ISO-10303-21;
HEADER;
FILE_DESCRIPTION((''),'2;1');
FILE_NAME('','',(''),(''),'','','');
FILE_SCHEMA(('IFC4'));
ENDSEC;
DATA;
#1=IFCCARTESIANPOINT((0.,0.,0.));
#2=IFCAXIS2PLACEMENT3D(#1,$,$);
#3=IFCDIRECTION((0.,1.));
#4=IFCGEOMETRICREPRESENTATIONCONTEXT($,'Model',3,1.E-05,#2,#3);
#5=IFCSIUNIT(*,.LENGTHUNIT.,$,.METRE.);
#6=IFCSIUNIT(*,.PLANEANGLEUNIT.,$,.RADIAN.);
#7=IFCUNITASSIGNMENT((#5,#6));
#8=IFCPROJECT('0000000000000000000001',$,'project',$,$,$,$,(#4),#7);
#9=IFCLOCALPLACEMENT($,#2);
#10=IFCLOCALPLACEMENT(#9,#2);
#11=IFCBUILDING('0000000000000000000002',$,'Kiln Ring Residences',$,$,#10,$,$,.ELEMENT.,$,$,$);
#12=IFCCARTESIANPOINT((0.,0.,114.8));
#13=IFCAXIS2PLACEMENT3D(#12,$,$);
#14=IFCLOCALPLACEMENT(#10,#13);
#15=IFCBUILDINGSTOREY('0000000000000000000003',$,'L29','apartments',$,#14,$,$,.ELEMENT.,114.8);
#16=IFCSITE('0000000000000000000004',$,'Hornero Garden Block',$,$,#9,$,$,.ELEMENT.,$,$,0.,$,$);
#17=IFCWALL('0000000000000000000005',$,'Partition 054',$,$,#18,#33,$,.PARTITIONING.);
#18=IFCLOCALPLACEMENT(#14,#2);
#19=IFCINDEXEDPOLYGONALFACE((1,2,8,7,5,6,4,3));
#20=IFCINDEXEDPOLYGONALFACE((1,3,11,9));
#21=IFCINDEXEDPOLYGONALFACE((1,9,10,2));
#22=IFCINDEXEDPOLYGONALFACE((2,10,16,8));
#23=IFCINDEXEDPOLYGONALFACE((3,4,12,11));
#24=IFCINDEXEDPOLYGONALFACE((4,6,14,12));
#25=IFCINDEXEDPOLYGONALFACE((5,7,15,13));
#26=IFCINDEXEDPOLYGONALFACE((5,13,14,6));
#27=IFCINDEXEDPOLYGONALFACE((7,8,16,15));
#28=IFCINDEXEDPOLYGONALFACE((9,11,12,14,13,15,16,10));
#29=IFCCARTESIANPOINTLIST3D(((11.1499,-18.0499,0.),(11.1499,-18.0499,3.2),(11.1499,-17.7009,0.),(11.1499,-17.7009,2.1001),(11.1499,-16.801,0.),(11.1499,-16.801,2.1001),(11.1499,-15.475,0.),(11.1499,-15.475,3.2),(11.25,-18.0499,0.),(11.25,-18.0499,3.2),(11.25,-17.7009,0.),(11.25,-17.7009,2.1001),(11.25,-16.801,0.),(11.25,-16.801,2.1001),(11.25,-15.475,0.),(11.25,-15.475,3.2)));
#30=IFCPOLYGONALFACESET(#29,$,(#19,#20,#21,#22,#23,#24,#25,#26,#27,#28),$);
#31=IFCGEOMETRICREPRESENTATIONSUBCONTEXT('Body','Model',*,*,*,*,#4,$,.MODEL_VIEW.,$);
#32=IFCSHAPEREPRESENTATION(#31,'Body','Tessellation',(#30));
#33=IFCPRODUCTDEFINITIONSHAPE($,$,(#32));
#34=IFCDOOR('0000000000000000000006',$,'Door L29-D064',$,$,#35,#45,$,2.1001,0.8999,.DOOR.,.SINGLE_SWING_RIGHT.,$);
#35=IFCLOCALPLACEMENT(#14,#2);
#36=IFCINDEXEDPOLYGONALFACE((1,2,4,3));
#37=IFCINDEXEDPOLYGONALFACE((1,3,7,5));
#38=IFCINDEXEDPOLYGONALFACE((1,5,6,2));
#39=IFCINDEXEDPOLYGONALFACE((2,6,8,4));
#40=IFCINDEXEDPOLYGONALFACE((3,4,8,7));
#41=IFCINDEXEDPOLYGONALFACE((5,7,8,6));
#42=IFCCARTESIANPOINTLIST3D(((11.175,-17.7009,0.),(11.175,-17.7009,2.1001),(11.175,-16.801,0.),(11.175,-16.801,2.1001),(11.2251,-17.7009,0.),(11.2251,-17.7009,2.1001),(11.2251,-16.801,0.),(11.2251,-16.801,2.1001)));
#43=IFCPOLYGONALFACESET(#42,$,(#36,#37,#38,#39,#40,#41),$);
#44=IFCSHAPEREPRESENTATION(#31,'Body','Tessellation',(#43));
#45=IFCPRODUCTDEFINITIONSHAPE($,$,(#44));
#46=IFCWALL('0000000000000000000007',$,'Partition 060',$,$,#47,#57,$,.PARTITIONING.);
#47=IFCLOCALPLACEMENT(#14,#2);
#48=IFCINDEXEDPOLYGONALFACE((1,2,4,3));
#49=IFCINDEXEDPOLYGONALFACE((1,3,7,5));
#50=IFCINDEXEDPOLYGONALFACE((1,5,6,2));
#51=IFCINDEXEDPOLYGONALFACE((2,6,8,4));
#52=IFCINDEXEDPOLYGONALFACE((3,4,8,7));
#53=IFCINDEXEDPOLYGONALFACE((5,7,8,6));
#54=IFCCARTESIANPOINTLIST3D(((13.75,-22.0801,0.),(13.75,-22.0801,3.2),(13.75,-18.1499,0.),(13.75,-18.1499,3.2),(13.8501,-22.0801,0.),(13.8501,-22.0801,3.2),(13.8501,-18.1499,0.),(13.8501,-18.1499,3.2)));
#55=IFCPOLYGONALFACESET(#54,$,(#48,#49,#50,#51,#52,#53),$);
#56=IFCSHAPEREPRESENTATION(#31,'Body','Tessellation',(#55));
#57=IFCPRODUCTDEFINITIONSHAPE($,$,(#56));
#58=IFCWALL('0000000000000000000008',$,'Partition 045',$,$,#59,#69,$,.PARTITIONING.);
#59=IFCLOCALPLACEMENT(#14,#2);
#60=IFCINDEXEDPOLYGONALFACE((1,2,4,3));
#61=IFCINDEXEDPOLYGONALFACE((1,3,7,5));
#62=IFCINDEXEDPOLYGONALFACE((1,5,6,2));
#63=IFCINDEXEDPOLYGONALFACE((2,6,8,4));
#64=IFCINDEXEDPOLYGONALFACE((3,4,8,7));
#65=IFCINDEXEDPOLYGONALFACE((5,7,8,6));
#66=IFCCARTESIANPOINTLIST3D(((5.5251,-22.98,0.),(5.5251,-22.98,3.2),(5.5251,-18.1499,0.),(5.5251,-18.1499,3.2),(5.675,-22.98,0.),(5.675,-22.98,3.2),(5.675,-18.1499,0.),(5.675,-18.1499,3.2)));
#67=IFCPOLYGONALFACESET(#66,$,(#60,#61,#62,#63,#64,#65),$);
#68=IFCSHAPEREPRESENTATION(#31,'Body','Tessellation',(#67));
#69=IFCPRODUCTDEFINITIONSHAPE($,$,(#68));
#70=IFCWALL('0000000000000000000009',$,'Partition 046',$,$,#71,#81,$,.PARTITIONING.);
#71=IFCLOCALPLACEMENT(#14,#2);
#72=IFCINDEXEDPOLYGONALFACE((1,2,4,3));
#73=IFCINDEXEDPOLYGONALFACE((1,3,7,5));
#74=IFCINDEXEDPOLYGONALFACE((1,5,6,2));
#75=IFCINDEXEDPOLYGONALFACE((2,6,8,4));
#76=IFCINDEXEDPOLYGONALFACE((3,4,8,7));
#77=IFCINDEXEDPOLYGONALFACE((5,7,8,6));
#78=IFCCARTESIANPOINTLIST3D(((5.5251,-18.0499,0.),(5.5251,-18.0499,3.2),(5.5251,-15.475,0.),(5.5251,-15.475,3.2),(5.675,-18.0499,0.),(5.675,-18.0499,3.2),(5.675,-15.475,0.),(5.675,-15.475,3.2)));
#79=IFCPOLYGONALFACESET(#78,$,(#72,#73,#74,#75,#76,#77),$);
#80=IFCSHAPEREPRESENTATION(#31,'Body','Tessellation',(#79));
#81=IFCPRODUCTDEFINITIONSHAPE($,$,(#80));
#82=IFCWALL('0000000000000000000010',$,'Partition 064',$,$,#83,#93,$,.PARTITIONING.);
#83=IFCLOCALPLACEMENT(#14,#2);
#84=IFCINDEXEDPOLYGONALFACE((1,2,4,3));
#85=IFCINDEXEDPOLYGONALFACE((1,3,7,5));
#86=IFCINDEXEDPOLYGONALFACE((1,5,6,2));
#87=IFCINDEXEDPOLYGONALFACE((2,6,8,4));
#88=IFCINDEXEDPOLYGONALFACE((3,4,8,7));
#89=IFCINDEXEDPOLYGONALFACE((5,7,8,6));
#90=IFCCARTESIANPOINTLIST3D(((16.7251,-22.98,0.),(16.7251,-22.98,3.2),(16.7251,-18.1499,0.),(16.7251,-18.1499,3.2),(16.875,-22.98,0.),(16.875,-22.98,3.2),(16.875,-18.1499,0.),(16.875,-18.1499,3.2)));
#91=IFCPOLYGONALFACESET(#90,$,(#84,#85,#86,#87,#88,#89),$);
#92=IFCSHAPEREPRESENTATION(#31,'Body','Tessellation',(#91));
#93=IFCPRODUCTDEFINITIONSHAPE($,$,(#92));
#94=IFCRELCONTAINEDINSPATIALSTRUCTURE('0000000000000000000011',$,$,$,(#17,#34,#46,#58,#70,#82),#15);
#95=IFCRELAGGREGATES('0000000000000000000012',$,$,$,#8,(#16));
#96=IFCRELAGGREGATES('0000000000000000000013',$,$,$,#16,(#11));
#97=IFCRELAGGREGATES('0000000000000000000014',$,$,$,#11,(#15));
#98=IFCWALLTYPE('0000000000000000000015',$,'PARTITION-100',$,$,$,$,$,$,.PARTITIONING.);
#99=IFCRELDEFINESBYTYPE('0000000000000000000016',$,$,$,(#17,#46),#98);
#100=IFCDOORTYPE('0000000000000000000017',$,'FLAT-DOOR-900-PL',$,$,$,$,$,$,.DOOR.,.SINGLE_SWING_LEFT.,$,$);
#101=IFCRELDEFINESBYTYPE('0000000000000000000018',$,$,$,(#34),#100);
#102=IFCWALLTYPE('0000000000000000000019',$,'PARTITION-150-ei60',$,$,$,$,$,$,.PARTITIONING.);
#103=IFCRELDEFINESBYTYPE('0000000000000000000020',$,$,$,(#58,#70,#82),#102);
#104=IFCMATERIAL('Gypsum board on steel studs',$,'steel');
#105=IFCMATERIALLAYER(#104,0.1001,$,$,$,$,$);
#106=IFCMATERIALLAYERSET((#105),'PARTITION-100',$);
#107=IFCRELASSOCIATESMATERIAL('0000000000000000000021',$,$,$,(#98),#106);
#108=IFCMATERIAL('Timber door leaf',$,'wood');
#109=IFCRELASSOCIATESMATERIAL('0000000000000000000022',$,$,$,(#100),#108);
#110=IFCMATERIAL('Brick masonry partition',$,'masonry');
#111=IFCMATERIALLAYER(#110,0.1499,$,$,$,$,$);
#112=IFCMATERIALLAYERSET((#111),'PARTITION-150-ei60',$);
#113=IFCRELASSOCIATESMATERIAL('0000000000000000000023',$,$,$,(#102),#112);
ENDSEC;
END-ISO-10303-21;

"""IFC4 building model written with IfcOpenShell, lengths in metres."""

from ifc_helpers import new_model, si_unit, direction, frame, frame_2d, origin, place, context, subcontext, project, spatial, rectangle, extrude, material, layer, layer_set, type_object, element, fill, save


model = new_model("IFC4")

# Units and contexts
model_context = context("Model", 3, precision=1e-05, world=origin(), true_north=direction((0.0, 1.0)))
body_context = subcontext(model_context, "Body", "Model", "MODEL_VIEW")
ifc_project = project(units=[si_unit("LENGTHUNIT", "METRE"), si_unit("PLANEANGLEUNIT", "RADIAN")], contexts=[model_context])

# Site, building, storey
site_placement = place(None, origin())
site = spatial("IfcSite", under=ifc_project, at=site_placement, Name="Hornero Garden Block", CompositionType="ELEMENT", RefElevation=0.0)
building_placement = place(site_placement, origin())
building = spatial("IfcBuilding", under=site, at=building_placement, Name="Kiln Ring Residences", CompositionType="ELEMENT")
storey_placement = place(building_placement, frame((0.0, 0.0, 114.8)))
storey = spatial("IfcBuildingStorey", under=building, at=storey_placement, Name="L29", Description="apartments", CompositionType="ELEMENT", Elevation=114.8)

# Shared definitions
ifc_material_1 = material(Name="Gypsum board on steel studs", Category="steel")
ifc_layer_1 = layer(ifc_material_1, 0.1001)
ifc_layer_set_1 = layer_set([ifc_layer_1], Name="PARTITION-100")
wall_type_1 = type_object("IfcWallType", Name="PARTITION-100", PredefinedType="PARTITIONING", material=ifc_layer_set_1)
ifc_material_2 = material(Name="Timber door leaf", Category="wood")
door_type = type_object("IfcDoorType", Name="FLAT-DOOR-900-PL", OperationType="SINGLE_SWING_LEFT", PredefinedType="DOOR", material=ifc_material_2)

# Wall, opening, door
wall_1_placement = place(storey_placement, frame((11.2, -18.05, 0.0), z_axis=(0.0, 0.0, 1.0), x_axis=(0.0, 1.0, 0.0)))
wall_1 = element("IfcWall", 1, at=wall_1_placement, inside=storey, type_object=wall_type_1, Name="Partition 054", PredefinedType="PARTITIONING", context=body_context, shape_type="SweptSolid", body=[
    extrude(rectangle(XDim=2.575, YDim=0.1001, at=frame_2d((1.2876, 0.0))), origin(), (0.0, 0.0, 1.0), 3.2),
])
opening_1_placement = place(wall_1_placement, frame((0.3491, 0.0, 0.0)))
opening_1 = element("IfcOpeningElement", 2, at=opening_1_placement, cuts=wall_1, PredefinedType="OPENING", context=body_context, shape_type="SweptSolid", body=[
    extrude(rectangle(XDim=0.8999, YDim=2.1001, at=frame_2d((0.45, 1.05))), frame((0.0, 0.0601, 0.0), z_axis=(0.0, -1.0, 0.0), x_axis=(1.0, 0.0, 0.0)), (0.0, 0.0, 1.0), 0.1201),
])
door_1_placement = place(opening_1_placement, origin())
door_1 = element("IfcDoor", 3, at=door_1_placement, inside=storey, type_object=door_type, Name="Door L29-D064", OperationType="SINGLE_SWING_RIGHT", OverallHeight=2.1001, OverallWidth=0.8999, PredefinedType="DOOR", context=body_context, shape_type="SweptSolid", body=[
    extrude(rectangle(XDim=0.8999, YDim=2.1001, at=frame_2d((0.45, 1.05))), frame((0.0, 0.0249, 0.0), z_axis=(0.0, -1.0, 0.0), x_axis=(1.0, 0.0, 0.0)), (0.0, 0.0, 1.0), 0.05),
])
fill(opening_1, door_1)

# Walls
wall_2_placement = place(storey_placement, frame((13.8, -22.0801, 0.0), z_axis=(0.0, 0.0, 1.0), x_axis=(0.0, 1.0, 0.0)))
element("IfcWall", 4, at=wall_2_placement, inside=storey, type_object=wall_type_1, Name="Partition 060", PredefinedType="PARTITIONING", context=body_context, shape_type="SweptSolid", body=[
    extrude(rectangle(XDim=3.9302, YDim=0.1001, at=frame_2d((1.9651, 0.0))), origin(), (0.0, 0.0, 1.0), 3.2),
])
ifc_material_3 = material(Name="Brick masonry partition", Category="masonry")
ifc_layer_2 = layer(ifc_material_3, 0.1499)
ifc_layer_set_2 = layer_set([ifc_layer_2], Name="PARTITION-150-ei60")
wall_type_2 = type_object("IfcWallType", Name="PARTITION-150-ei60", PredefinedType="PARTITIONING", material=ifc_layer_set_2)
wall_3_placement = place(storey_placement, frame((5.6001, -22.98, 0.0), z_axis=(0.0, 0.0, 1.0), x_axis=(0.0, 1.0, 0.0)))
element("IfcWall", 5, at=wall_3_placement, inside=storey, type_object=wall_type_2, Name="Partition 045", PredefinedType="PARTITIONING", context=body_context, shape_type="SweptSolid", body=[
    extrude(rectangle(XDim=4.8301, YDim=0.1499, at=frame_2d((2.415, 0.0))), origin(), (0.0, 0.0, 1.0), 3.2),
])
wall_4_placement = place(storey_placement, frame((5.6001, -18.05, 0.0), z_axis=(0.0, 0.0, 1.0), x_axis=(0.0, 1.0, 0.0)))
element("IfcWall", 6, at=wall_4_placement, inside=storey, type_object=wall_type_2, Name="Partition 046", PredefinedType="PARTITIONING", context=body_context, shape_type="SweptSolid", body=[
    extrude(rectangle(XDim=2.575, YDim=0.1499, at=frame_2d((1.2876, 0.0))), origin(), (0.0, 0.0, 1.0), 3.2),
])
wall_5_placement = place(storey_placement, frame((16.8, -22.98, 0.0), z_axis=(0.0, 0.0, 1.0), x_axis=(0.0, 1.0, 0.0)))
element("IfcWall", 7, at=wall_5_placement, inside=storey, type_object=wall_type_2, Name="Partition 064", PredefinedType="PARTITIONING", context=body_context, shape_type="SweptSolid", body=[
    extrude(rectangle(XDim=4.8301, YDim=0.1499, at=frame_2d((2.415, 0.0))), origin(), (0.0, 0.0, 1.0), 3.2),
])

save(model, "model.ifc")
